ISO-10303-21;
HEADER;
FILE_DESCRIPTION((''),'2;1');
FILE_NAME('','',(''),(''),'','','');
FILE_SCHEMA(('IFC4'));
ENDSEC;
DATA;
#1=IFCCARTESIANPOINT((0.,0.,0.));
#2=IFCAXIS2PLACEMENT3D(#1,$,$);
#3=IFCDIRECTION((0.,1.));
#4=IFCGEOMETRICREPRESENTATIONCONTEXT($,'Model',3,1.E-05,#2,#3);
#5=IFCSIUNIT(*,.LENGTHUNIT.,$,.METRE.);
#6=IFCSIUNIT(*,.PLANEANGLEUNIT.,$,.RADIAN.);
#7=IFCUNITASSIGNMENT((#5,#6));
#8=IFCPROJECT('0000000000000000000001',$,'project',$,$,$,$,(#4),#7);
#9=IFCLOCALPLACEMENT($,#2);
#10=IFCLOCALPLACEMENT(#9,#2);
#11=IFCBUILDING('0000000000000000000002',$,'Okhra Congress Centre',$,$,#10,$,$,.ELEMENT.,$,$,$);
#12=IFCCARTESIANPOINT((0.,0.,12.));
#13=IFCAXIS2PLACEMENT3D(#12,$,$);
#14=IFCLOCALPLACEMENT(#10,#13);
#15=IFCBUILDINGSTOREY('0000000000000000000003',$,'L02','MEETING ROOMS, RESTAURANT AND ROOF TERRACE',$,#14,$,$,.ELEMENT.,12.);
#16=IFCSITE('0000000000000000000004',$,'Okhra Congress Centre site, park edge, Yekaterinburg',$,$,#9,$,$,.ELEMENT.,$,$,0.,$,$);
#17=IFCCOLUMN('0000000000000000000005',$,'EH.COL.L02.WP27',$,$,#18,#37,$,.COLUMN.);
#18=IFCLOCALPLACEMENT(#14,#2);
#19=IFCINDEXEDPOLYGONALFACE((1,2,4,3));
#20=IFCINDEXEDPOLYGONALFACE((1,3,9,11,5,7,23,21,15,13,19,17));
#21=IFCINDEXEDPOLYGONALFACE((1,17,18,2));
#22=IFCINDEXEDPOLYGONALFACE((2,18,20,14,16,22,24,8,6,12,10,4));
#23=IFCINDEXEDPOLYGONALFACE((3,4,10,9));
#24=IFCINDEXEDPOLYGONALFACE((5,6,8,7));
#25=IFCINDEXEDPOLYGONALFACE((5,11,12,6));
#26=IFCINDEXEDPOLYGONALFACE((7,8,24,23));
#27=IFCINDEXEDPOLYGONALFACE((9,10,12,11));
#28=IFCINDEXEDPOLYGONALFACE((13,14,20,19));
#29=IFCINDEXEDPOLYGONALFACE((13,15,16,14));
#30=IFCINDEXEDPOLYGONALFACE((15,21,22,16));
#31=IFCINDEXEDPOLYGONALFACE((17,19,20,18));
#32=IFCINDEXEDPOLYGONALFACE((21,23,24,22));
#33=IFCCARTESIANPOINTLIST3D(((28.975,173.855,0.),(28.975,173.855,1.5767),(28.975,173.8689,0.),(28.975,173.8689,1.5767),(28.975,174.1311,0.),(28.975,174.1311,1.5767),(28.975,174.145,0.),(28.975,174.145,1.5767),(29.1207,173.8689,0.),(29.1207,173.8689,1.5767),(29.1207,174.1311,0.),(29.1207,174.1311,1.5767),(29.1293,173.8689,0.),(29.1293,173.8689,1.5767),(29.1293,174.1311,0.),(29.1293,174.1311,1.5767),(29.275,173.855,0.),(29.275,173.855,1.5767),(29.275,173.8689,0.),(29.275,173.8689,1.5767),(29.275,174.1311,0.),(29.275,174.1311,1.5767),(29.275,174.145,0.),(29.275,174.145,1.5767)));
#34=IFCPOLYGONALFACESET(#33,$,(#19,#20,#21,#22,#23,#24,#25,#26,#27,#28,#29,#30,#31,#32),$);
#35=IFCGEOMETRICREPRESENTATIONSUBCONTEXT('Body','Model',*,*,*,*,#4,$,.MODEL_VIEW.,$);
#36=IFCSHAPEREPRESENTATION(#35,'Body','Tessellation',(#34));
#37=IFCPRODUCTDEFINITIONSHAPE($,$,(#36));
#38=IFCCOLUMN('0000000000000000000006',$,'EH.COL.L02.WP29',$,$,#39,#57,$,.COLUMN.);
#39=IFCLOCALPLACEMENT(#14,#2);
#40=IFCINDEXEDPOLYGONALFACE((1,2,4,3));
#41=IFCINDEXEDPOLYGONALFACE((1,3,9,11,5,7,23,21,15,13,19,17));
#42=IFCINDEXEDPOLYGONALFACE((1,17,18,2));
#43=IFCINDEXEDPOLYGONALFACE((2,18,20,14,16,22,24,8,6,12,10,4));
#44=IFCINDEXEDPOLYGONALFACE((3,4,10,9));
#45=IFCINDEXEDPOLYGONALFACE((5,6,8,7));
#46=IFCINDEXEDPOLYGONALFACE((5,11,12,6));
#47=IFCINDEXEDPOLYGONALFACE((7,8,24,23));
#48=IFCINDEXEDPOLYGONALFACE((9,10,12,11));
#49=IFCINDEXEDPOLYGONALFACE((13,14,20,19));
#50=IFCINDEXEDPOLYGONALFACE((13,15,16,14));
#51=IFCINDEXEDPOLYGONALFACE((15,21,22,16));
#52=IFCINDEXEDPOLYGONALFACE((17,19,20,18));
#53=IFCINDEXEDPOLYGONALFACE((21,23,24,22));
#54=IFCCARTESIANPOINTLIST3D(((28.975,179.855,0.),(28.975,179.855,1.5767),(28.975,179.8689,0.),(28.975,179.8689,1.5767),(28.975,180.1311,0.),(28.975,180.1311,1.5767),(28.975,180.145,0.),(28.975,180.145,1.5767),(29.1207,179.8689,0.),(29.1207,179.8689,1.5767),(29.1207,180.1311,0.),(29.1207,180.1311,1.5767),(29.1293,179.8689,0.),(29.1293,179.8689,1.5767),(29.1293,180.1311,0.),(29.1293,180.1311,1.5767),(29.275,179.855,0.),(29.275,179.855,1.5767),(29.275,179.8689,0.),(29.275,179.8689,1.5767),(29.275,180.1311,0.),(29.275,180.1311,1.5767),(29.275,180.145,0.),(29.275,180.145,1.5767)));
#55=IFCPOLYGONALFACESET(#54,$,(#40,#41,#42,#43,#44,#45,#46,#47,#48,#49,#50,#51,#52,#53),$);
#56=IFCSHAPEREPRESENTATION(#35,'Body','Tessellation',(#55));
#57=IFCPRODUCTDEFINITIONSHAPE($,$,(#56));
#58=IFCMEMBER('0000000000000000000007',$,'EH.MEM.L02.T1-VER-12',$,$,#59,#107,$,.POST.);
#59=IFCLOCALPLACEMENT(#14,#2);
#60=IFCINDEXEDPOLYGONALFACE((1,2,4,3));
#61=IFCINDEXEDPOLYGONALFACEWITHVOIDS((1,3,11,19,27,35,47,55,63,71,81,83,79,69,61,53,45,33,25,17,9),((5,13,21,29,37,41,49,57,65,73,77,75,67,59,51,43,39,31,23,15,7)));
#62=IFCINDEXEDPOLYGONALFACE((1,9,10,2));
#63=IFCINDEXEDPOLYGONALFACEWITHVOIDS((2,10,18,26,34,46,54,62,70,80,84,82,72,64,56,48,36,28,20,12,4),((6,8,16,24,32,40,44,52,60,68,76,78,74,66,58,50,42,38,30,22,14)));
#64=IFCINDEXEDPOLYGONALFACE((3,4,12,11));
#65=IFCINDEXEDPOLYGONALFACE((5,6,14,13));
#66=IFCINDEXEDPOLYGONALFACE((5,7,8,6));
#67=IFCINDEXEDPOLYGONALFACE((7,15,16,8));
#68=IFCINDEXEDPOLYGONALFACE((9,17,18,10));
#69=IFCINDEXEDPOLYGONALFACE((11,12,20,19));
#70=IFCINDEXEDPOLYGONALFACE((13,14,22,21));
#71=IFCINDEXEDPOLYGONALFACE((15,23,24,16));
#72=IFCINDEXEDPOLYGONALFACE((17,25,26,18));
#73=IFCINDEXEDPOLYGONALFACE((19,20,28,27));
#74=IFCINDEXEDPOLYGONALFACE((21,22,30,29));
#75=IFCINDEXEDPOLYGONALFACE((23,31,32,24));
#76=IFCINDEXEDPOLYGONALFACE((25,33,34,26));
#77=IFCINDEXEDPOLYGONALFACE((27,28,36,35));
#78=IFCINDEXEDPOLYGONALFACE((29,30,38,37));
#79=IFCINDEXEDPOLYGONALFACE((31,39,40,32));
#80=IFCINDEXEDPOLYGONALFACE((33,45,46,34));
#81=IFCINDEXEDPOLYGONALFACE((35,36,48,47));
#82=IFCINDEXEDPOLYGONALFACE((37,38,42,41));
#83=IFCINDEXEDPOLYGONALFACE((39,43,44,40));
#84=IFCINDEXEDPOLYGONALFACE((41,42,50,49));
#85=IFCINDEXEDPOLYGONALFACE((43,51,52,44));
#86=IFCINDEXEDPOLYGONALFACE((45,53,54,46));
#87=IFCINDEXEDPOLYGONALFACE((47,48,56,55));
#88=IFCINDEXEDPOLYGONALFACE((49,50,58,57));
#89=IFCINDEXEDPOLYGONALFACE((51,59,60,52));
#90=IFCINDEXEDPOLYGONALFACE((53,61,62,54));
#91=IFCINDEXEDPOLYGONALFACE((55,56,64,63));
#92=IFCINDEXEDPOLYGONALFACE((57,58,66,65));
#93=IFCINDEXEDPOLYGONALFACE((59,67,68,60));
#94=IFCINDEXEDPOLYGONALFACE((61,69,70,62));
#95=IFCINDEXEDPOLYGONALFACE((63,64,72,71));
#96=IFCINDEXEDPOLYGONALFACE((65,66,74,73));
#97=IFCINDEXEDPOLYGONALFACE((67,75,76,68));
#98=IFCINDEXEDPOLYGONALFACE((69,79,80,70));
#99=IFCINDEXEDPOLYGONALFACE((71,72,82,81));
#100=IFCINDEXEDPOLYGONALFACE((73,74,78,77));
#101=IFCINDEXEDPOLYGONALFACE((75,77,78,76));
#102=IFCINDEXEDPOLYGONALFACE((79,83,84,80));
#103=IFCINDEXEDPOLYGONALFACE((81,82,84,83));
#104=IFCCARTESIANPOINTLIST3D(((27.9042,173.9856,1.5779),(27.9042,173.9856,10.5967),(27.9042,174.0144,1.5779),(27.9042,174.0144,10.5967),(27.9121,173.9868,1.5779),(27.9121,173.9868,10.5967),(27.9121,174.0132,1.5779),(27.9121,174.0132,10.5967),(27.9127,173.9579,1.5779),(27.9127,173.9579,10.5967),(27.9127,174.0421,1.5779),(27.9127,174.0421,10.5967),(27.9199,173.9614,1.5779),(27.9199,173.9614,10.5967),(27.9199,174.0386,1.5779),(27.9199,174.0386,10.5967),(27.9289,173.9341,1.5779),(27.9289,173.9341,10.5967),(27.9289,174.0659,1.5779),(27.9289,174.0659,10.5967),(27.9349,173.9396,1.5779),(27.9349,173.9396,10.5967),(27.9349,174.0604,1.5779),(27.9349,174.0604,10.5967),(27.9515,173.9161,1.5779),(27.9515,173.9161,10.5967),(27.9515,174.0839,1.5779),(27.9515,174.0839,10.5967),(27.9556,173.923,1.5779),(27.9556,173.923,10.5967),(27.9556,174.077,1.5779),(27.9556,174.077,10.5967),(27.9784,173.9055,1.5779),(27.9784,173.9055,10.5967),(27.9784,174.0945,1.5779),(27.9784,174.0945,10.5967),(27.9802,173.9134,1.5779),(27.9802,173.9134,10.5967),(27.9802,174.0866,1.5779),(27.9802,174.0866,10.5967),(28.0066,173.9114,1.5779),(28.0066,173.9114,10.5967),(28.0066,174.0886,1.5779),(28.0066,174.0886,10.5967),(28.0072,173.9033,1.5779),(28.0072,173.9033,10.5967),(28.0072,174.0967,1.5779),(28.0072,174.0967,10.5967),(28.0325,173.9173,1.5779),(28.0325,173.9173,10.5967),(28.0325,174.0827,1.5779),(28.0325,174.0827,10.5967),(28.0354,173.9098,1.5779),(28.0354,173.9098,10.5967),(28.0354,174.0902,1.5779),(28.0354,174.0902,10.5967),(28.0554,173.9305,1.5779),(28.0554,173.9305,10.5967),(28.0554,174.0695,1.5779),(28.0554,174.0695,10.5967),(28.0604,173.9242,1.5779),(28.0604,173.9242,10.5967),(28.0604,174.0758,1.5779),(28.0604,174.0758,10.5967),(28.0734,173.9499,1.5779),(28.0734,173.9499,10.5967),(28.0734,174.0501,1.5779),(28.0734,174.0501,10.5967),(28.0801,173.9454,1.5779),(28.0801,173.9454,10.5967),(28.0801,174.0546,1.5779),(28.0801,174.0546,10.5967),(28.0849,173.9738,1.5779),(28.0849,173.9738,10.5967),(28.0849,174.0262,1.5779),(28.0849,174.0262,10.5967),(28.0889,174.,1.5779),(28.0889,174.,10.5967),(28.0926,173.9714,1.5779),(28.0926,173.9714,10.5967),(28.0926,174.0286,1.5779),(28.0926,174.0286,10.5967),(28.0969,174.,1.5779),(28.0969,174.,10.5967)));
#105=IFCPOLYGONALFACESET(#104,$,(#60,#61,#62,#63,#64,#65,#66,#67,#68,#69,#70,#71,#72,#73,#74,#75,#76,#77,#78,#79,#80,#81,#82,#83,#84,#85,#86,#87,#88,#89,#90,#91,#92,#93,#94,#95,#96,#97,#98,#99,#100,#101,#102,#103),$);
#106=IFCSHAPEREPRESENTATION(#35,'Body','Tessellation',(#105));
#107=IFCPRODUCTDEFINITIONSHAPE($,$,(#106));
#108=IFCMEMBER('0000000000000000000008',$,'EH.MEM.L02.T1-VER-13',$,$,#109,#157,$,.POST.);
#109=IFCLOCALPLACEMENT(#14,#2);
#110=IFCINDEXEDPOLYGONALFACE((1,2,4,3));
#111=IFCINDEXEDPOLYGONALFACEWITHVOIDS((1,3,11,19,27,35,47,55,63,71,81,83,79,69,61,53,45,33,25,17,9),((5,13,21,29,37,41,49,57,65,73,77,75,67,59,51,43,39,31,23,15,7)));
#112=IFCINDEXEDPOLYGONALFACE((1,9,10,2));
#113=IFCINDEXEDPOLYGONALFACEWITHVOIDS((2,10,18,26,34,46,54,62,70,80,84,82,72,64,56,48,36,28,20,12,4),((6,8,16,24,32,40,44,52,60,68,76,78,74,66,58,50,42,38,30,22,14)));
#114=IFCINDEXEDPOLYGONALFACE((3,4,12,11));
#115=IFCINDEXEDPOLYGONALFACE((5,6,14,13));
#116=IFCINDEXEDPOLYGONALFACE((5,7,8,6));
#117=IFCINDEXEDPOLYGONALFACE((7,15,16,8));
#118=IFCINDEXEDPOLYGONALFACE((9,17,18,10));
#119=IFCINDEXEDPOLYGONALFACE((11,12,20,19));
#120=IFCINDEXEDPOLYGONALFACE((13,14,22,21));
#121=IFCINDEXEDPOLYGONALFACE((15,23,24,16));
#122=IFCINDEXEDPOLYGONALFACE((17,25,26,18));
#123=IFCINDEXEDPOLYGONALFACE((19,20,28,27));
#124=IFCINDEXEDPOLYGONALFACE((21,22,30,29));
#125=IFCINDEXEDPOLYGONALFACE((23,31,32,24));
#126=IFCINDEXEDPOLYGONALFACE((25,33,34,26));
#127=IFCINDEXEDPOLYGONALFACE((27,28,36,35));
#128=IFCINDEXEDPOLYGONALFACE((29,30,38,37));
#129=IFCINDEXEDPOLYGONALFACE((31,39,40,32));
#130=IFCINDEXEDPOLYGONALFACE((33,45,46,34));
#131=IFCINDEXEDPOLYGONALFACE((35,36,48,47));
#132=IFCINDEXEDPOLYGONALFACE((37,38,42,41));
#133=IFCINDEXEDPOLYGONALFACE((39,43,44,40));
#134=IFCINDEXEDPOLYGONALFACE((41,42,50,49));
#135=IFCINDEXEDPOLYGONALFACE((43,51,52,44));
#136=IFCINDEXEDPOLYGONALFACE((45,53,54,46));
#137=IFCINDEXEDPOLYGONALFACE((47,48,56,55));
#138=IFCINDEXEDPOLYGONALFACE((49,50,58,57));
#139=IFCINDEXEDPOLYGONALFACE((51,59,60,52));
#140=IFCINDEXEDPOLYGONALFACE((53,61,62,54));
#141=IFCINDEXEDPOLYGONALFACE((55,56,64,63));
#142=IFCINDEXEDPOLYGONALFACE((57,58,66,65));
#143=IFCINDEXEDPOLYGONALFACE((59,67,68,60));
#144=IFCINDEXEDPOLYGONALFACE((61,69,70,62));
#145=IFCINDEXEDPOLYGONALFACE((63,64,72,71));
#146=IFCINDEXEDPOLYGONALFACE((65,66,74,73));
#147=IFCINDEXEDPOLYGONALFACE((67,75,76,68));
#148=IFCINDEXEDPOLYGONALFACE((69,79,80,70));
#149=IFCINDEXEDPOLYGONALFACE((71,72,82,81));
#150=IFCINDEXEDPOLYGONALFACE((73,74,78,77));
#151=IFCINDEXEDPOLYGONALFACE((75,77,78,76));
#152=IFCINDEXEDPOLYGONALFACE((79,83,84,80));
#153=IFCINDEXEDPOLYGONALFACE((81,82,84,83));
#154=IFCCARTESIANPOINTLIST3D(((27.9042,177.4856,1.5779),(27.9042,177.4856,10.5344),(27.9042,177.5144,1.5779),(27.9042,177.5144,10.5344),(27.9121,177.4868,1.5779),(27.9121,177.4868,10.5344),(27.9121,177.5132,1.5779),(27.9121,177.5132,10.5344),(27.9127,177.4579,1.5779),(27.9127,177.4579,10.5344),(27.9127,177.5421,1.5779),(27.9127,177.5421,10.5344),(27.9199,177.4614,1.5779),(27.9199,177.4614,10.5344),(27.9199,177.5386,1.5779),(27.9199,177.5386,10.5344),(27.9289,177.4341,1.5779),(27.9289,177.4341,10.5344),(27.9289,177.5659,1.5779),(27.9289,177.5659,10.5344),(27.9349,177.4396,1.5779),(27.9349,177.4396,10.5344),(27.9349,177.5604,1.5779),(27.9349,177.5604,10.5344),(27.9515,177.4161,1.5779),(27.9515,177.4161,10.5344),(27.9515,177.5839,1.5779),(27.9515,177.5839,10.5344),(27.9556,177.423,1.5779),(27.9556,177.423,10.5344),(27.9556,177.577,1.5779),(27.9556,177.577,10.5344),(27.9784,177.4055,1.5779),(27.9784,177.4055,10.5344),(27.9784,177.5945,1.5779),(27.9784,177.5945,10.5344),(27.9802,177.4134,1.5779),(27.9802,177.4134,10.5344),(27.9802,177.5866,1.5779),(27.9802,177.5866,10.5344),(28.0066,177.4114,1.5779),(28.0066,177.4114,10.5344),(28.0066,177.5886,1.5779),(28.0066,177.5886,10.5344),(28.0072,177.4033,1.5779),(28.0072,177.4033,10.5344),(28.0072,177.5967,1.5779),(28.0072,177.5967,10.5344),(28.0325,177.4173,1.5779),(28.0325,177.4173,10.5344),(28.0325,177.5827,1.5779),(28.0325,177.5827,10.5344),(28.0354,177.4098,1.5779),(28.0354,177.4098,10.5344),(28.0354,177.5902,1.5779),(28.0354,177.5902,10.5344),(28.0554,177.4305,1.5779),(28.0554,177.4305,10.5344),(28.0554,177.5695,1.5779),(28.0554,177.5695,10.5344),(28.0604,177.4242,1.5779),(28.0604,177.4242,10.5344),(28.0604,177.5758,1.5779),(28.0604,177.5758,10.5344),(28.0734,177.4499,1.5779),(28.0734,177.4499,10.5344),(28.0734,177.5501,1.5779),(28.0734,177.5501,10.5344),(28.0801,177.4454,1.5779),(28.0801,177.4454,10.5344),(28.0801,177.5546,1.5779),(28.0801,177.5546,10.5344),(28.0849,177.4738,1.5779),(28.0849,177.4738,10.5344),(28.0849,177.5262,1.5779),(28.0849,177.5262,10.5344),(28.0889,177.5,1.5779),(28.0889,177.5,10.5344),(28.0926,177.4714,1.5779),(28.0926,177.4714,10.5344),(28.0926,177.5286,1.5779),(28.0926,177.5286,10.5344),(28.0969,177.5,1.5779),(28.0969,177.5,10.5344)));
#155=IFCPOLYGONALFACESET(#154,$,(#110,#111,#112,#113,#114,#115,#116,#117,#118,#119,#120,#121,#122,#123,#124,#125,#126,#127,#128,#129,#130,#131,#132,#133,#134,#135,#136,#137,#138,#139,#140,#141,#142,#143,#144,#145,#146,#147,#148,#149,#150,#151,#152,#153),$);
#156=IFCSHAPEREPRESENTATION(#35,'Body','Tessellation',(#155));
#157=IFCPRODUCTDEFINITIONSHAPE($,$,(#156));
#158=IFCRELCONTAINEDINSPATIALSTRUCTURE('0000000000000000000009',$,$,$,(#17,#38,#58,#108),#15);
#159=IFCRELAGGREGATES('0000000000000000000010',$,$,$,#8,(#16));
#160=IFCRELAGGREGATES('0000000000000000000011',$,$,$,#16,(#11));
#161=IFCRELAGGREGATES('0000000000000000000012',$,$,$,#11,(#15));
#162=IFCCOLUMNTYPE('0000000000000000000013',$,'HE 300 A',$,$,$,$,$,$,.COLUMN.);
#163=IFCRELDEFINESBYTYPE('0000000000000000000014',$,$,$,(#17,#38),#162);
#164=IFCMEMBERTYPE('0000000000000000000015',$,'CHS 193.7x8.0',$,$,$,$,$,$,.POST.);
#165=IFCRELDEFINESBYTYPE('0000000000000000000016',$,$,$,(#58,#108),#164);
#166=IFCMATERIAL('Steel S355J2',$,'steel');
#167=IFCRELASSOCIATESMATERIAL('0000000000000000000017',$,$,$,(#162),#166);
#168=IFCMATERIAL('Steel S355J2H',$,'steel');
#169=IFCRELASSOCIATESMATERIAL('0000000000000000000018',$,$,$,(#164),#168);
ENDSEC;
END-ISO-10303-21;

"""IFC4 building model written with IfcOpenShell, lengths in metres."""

from ifc_helpers import new_model, si_unit, direction, frame, origin, origin_2d, place, context, subcontext, project, spatial, hollow_circle, i_section, extrude, material, material_profile, profile_set, type_object, element, save


model = new_model("IFC4")

# Units and contexts
model_context = context("Model", 3, precision=1e-05, world=origin(), true_north=direction((0.0, 1.0)))
body_context = subcontext(model_context, "Body", "Model", "MODEL_VIEW")
ifc_project = project(units=[si_unit("LENGTHUNIT", "METRE"), si_unit("PLANEANGLEUNIT", "RADIAN")], contexts=[model_context])

# Site, building, storey
site_placement = place(None, origin())
site = spatial("IfcSite", under=ifc_project, at=site_placement, Name="Okhra Congress Centre site, park edge, Yekaterinburg", CompositionType="ELEMENT", RefElevation=0.0)
building_placement = place(site_placement, origin())
building = spatial("IfcBuilding", under=site, at=building_placement, Name="Okhra Congress Centre", CompositionType="ELEMENT")
storey_placement = place(building_placement, frame((0.0, 0.0, 12.0)))
storey = spatial("IfcBuildingStorey", under=building, at=storey_placement, Name="L02", Description="MEETING ROOMS, RESTAURANT AND ROOF TERRACE", CompositionType="ELEMENT", Elevation=12.0)

# Columns
ifc_material_1 = material(Name="Steel S355J2", Category="steel")
ifc_material_profile_1 = material_profile(ifc_material_1, i_section(OverallWidth=0.3, OverallDepth=0.29, WebThickness=0.0085, FlangeThickness=0.0139, at=origin_2d()), Name="HE 300 A")
ifc_profile_set_1 = profile_set([ifc_material_profile_1], Name="Steel S355J2")
column_type = type_object("IfcColumnType", Name="HE 300 A", PredefinedType="COLUMN", material=ifc_profile_set_1)
for number, where, z_axis, x_axis, name in (
    (1, (29.125, 174.0, 0.0), (0.0, 0.0, 1.0), (1.0, 0.0, 0.0), "EH.COL.L02.WP27"),
    (2, (29.125, 180.0, 0.0), (0.0, 0.0, 1.0), (1.0, 0.0, 0.0), "EH.COL.L02.WP29"),
):
    element("IfcColumn", number, at=place(storey_placement, frame(where, z_axis=z_axis, x_axis=x_axis)), inside=storey, type_object=column_type, Name=name, PredefinedType="COLUMN", context=body_context, shape_type="SweptSolid", body=[
        extrude(i_section(OverallWidth=0.3, OverallDepth=0.29, WebThickness=0.0085, FlangeThickness=0.0139, at=origin_2d()), origin(), (0.0, 0.0, 1.0), 1.5767),
    ])

# Members
ifc_material_2 = material(Name="Steel S355J2H", Category="steel")
ifc_material_profile_2 = material_profile(ifc_material_2, hollow_circle(Radius=0.0969, WallThickness=0.0081, at=origin_2d()), Name="CHS 193.7x8.0")
ifc_profile_set_2 = profile_set([ifc_material_profile_2], Name="Steel S355J2H")
member_type_1 = type_object("IfcMemberType", Name="CHS 193.7x8.0", PredefinedType="POST", material=ifc_profile_set_2)
member_1_placement = place(storey_placement, frame((28.0, 174.0, 1.5779), z_axis=(0.0, 0.0, 1.0), x_axis=(1.0, 0.0, 0.0)))
element("IfcMember", 3, at=member_1_placement, inside=storey, type_object=member_type_1, Name="EH.MEM.L02.T1-VER-12", PredefinedType="POST", context=body_context, shape_type="SweptSolid", body=[
    extrude(hollow_circle(Radius=0.0969, WallThickness=0.0081, at=origin_2d()), origin(), (0.0, 0.0, 1.0), 9.0188),
])
member_2_placement = place(storey_placement, frame((28.0, 177.5, 1.5779), z_axis=(0.0, 0.0, 1.0), x_axis=(1.0, 0.0, 0.0)))
element("IfcMember", 4, at=member_2_placement, inside=storey, type_object=member_type_1, Name="EH.MEM.L02.T1-VER-13", PredefinedType="POST", context=body_context, shape_type="SweptSolid", body=[
    extrude(hollow_circle(Radius=0.0969, WallThickness=0.0081, at=origin_2d()), origin(), (0.0, 0.0, 1.0), 8.9565),
])

save(model, "model.ifc")
